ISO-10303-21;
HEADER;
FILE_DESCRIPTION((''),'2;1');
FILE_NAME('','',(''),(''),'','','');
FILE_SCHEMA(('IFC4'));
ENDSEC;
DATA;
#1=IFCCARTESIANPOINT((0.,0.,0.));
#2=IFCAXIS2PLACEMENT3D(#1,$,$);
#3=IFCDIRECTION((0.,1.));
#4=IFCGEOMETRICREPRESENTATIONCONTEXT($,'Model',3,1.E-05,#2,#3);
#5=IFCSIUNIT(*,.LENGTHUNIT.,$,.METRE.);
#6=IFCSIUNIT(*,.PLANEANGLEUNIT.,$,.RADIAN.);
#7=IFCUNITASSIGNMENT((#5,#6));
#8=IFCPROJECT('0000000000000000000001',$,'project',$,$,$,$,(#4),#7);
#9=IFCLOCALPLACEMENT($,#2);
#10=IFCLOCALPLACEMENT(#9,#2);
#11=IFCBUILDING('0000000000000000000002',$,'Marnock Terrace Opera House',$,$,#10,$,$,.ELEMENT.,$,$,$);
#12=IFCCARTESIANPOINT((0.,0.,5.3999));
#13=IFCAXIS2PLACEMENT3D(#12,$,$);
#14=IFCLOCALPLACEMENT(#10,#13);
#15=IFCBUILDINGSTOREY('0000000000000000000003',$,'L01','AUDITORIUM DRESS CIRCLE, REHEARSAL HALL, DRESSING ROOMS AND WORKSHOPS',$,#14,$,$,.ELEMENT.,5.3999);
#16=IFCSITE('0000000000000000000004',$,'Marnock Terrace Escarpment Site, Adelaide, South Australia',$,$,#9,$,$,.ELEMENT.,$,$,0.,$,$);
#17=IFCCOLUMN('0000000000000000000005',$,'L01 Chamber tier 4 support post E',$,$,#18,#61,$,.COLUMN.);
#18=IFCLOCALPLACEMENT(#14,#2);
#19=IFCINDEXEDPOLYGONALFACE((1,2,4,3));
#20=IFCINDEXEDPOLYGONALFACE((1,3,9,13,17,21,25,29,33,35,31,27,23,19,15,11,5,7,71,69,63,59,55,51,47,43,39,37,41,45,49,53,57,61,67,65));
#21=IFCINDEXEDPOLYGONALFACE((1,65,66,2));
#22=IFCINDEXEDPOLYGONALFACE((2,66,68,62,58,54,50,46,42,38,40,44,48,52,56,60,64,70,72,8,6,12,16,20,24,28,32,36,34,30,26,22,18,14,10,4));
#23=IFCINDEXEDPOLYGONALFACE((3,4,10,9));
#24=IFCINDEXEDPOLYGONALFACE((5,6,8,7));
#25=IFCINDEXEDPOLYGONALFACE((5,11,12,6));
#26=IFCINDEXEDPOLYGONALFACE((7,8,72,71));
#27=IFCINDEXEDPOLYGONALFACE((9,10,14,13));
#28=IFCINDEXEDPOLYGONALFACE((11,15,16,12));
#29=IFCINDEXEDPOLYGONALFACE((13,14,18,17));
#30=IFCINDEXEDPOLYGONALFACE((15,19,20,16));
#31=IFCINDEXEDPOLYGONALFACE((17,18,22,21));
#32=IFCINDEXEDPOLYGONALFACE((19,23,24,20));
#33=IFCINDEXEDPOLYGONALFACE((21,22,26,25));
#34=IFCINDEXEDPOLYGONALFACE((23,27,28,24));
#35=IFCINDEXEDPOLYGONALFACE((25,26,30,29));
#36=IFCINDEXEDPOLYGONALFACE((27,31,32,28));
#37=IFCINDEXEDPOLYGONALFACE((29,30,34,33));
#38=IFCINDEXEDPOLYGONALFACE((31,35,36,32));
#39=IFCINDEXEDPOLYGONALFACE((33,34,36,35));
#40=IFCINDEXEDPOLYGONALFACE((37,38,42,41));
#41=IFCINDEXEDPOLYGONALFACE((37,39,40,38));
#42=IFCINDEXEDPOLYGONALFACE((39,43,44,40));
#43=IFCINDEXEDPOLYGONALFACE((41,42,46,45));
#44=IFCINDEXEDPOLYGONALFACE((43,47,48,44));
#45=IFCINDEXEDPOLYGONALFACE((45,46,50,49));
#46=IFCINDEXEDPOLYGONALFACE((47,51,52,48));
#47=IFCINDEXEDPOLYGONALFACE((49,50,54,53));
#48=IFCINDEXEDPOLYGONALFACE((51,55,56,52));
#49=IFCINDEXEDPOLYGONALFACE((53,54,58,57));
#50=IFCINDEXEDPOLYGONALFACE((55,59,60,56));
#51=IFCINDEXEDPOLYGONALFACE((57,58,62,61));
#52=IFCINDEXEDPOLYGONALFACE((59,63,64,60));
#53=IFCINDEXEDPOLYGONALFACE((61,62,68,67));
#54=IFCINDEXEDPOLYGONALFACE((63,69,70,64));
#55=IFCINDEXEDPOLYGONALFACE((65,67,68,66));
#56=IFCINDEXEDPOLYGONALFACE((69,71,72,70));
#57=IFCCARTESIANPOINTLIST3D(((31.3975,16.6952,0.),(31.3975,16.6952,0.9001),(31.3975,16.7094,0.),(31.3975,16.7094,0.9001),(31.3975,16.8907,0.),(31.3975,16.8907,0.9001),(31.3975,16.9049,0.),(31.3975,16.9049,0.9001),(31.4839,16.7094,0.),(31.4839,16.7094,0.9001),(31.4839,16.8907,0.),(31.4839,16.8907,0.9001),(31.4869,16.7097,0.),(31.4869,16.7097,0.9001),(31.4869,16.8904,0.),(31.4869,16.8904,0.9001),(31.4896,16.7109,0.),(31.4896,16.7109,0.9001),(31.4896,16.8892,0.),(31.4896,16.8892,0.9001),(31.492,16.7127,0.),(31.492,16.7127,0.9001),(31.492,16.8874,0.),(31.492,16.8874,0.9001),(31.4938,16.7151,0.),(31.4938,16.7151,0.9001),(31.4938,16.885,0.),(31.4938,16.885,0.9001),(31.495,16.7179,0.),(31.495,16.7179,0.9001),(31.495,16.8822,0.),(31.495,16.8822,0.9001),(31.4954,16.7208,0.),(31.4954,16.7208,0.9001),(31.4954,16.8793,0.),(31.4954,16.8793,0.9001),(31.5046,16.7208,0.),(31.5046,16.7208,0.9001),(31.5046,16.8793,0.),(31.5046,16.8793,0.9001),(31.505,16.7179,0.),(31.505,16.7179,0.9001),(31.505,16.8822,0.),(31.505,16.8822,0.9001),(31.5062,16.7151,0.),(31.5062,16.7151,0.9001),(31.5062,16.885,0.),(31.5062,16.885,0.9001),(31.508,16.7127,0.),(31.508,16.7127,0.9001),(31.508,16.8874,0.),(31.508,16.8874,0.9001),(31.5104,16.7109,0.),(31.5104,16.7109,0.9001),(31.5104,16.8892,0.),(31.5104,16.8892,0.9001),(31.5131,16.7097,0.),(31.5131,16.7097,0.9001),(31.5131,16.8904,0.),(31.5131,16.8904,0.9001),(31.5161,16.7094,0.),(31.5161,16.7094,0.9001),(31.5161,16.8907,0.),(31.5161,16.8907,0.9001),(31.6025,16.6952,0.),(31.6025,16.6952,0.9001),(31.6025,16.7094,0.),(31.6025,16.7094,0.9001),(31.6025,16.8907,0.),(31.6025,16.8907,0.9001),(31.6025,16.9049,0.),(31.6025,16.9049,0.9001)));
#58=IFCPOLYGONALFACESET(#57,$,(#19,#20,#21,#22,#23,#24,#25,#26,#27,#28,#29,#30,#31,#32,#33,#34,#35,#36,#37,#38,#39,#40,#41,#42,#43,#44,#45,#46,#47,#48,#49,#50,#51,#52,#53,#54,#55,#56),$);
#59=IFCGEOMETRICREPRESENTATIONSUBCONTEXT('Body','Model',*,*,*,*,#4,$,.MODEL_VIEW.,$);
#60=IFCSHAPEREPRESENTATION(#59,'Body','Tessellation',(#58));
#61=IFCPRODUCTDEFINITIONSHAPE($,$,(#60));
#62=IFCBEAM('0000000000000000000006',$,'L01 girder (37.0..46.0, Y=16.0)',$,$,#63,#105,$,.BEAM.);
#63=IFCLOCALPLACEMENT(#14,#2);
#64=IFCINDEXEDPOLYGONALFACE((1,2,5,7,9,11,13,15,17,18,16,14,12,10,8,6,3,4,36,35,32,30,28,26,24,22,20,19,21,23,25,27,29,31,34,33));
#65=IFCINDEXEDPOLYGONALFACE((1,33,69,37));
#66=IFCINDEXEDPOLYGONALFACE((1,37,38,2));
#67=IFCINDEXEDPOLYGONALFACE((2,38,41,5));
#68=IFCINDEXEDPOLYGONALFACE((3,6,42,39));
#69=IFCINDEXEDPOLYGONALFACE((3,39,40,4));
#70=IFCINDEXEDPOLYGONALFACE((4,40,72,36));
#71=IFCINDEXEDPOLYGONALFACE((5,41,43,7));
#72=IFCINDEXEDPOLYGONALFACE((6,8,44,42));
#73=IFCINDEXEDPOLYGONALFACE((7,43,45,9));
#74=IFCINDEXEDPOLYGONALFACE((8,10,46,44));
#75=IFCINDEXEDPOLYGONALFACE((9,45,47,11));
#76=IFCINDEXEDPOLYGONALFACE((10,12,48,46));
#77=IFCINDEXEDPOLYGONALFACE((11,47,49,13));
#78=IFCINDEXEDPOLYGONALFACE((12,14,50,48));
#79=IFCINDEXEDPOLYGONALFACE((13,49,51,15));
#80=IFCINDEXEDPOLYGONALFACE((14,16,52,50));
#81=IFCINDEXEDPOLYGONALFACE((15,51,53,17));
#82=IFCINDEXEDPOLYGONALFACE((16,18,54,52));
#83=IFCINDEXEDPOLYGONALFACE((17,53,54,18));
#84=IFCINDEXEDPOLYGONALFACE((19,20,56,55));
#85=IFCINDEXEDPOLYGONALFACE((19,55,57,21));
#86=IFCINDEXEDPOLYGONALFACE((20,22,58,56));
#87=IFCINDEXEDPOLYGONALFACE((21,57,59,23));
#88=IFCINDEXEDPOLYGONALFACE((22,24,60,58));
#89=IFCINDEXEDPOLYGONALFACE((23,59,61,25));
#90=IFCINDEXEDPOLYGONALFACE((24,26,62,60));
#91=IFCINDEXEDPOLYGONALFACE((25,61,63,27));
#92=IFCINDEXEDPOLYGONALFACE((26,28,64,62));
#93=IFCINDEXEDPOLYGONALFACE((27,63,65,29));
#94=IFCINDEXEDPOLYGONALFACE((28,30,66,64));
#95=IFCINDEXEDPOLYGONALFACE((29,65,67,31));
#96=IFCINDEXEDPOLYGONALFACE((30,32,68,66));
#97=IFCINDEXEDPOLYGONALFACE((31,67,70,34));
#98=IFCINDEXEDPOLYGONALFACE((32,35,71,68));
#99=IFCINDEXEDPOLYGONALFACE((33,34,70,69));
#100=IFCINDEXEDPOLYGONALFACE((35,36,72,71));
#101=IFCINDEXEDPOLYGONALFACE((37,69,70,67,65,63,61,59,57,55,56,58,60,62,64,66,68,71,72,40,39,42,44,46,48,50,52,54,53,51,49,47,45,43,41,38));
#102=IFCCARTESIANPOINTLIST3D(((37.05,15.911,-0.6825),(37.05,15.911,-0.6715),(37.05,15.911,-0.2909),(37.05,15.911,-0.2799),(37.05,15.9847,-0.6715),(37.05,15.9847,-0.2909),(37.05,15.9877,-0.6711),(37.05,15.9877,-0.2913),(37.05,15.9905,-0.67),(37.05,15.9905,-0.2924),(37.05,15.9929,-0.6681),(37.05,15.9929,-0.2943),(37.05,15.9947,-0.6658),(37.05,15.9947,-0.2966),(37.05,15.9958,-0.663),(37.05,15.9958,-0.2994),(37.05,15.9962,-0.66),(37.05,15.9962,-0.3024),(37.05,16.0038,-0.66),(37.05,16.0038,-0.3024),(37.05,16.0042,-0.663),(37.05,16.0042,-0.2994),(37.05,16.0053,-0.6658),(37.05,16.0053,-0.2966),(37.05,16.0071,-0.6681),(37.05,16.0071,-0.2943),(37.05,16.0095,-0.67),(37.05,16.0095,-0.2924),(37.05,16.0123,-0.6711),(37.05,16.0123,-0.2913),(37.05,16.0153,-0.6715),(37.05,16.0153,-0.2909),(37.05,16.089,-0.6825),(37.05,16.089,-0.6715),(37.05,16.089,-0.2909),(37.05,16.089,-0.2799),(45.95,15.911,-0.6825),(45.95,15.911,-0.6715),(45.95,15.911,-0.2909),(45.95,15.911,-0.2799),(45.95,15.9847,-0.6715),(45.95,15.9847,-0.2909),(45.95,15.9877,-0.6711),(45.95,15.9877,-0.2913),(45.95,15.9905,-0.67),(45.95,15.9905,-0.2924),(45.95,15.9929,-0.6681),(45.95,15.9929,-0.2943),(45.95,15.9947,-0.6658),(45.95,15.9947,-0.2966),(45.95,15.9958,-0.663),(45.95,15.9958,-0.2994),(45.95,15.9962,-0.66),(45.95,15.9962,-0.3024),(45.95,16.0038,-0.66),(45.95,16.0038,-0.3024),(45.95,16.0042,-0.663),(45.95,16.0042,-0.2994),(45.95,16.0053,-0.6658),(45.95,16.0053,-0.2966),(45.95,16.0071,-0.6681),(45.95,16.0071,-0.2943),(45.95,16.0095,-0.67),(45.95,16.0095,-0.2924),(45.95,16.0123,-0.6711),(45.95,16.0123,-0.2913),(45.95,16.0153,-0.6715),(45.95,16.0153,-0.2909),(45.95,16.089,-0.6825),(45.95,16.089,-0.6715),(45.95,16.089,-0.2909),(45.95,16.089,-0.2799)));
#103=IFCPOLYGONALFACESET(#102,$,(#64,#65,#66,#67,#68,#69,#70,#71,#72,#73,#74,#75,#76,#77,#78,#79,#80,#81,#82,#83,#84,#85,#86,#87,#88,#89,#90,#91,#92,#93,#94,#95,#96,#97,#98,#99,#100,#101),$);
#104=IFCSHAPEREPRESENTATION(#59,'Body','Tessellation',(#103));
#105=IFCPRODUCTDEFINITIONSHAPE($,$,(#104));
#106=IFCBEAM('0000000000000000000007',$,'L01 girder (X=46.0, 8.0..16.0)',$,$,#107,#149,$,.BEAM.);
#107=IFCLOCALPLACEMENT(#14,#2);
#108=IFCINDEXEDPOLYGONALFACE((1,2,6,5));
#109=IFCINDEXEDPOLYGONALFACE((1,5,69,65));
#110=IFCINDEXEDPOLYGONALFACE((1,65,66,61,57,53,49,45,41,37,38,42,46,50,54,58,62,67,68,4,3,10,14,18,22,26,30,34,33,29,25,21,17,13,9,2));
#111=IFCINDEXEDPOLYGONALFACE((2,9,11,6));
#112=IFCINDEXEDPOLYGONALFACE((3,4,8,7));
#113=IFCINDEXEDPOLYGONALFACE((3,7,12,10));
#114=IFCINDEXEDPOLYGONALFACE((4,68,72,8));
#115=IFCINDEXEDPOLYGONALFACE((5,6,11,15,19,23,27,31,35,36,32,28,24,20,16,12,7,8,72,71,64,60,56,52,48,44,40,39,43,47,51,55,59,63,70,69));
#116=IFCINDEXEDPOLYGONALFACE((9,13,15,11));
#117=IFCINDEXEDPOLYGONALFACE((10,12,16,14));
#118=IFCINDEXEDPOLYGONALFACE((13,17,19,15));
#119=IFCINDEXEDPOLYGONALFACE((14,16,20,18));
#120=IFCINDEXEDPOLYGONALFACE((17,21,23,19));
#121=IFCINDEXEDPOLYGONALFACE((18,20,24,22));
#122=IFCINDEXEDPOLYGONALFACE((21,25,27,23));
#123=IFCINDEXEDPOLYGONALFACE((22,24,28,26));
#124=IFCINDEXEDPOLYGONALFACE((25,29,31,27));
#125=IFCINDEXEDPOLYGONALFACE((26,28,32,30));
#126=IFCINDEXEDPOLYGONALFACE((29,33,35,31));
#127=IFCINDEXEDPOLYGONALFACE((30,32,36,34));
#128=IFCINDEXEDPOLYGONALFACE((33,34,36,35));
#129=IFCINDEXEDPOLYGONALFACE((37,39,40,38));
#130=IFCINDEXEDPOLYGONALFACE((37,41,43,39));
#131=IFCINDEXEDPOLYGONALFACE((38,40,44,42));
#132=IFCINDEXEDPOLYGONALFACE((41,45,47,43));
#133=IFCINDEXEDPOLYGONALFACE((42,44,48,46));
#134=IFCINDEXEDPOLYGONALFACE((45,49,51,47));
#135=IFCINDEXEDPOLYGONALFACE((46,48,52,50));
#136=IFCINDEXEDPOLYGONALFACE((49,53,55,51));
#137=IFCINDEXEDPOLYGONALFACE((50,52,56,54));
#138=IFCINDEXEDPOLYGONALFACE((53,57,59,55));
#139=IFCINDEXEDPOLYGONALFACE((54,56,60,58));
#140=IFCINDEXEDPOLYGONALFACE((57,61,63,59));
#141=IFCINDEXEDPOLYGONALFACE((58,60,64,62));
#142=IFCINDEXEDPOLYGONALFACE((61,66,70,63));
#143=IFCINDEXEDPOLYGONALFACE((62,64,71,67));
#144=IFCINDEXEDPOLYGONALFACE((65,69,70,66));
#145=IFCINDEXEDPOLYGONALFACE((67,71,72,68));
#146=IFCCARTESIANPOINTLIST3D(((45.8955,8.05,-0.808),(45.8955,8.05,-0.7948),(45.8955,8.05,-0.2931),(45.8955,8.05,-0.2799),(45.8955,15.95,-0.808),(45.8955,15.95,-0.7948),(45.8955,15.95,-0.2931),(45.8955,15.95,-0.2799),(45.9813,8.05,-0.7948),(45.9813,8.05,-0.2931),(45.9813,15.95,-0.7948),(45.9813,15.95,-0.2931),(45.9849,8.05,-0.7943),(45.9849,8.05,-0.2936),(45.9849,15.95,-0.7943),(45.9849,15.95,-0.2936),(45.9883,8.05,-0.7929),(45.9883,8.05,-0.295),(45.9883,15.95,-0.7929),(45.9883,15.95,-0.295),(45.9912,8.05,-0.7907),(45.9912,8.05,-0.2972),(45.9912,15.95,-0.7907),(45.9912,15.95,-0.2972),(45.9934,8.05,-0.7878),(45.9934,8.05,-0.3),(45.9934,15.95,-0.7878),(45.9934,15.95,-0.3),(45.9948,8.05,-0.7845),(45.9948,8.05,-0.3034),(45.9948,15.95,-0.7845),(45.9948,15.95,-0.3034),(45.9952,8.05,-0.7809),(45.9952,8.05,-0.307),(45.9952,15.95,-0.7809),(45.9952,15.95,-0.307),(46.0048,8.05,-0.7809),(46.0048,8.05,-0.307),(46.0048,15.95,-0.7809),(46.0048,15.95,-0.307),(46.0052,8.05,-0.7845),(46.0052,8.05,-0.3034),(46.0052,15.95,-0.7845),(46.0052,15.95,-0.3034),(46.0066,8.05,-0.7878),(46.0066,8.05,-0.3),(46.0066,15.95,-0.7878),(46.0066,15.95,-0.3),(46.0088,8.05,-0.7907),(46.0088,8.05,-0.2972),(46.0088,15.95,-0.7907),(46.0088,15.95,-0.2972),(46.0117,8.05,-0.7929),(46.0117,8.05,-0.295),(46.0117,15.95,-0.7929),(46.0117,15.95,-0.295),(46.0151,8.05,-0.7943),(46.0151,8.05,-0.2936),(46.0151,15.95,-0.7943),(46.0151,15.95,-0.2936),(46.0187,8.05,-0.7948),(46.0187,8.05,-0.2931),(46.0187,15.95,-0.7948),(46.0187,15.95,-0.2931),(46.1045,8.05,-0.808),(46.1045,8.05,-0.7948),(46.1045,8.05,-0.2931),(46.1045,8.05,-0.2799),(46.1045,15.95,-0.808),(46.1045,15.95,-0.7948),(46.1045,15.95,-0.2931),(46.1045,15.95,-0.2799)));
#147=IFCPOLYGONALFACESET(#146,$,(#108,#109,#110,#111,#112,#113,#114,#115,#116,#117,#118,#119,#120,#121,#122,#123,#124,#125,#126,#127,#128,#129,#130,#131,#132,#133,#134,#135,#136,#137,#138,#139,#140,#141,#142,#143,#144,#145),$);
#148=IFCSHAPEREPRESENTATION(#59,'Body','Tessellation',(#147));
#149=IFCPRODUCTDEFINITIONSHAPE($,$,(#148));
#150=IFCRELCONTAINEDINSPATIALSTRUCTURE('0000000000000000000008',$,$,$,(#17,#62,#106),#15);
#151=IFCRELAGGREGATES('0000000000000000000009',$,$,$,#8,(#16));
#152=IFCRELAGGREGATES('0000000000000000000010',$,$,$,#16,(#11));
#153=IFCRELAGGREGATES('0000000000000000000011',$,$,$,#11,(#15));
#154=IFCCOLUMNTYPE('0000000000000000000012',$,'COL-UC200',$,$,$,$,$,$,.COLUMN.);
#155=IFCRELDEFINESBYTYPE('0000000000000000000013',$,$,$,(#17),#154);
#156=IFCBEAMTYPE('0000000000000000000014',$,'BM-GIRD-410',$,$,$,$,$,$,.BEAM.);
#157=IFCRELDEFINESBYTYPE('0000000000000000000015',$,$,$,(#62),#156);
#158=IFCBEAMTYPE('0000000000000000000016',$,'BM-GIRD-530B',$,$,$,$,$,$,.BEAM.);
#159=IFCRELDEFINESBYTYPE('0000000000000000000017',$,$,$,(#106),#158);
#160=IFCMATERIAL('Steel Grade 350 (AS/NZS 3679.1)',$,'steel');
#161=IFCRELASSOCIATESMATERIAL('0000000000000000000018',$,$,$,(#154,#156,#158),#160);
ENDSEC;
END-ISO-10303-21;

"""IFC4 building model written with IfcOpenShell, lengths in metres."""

from ifc_helpers import new_model, si_unit, direction, frame, origin, origin_2d, place, context, subcontext, project, spatial, i_section, extrude, material, material_profile, profile_set, type_object, element, save


model = new_model("IFC4")

# Units and contexts
model_context = context("Model", 3, precision=1e-05, world=origin(), true_north=direction((0.0, 1.0)))
body_context = subcontext(model_context, "Body", "Model", "MODEL_VIEW")
ifc_project = project(units=[si_unit("LENGTHUNIT", "METRE"), si_unit("PLANEANGLEUNIT", "RADIAN")], contexts=[model_context])

# Site, building, storey
site_placement = place(None, origin())
site = spatial("IfcSite", under=ifc_project, at=site_placement, Name="Marnock Terrace Escarpment Site, Adelaide, South Australia", CompositionType="ELEMENT", RefElevation=0.0)
building_placement = place(site_placement, origin())
building = spatial("IfcBuilding", under=site, at=building_placement, Name="Marnock Terrace Opera House", CompositionType="ELEMENT")
storey_placement = place(building_placement, frame((0.0, 0.0, 5.3999)))
storey = spatial("IfcBuildingStorey", under=building, at=storey_placement, Name="L01", Description="AUDITORIUM DRESS CIRCLE, REHEARSAL HALL, DRESSING ROOMS AND WORKSHOPS", CompositionType="ELEMENT", Elevation=5.3999)

# Column
ifc_material_1 = material(Name="Steel Grade 350 (AS/NZS 3679.1)", Category="steel")
ifc_material_profile_1 = material_profile(ifc_material_1, i_section(OverallWidth=0.2051, OverallDepth=0.2097, WebThickness=0.0093, FlangeThickness=0.0142, FilletRadius=0.0115, at=origin_2d()))
ifc_profile_set_1 = profile_set([ifc_material_profile_1], Name="Steel Grade 350 (AS/NZS 3679.1)")
column_type_1 = type_object("IfcColumnType", Name="COL-UC200", PredefinedType="COLUMN", material=ifc_profile_set_1)
column_1_placement = place(storey_placement, frame((31.5, 16.8, 0.0), z_axis=(0.0, 0.0, 1.0), x_axis=(1.0, 0.0, 0.0)))
element("IfcColumn", 1, at=column_1_placement, inside=storey, type_object=column_type_1, Name="L01 Chamber tier 4 support post E", PredefinedType="COLUMN", context=body_context, shape_type="SweptSolid", body=[
    extrude(i_section(OverallWidth=0.2051, OverallDepth=0.2097, WebThickness=0.0093, FlangeThickness=0.0142, FilletRadius=0.0115, at=origin_2d()), origin(), (0.0, 0.0, 1.0), 0.9001),
])

# Beams
ifc_material_profile_2 = material_profile(ifc_material_1, i_section(OverallWidth=0.178, OverallDepth=0.4026, WebThickness=0.0076, FlangeThickness=0.011, FilletRadius=0.0115, at=origin_2d()))
ifc_profile_set_2 = profile_set([ifc_material_profile_2], Name="Steel Grade 350 (AS/NZS 3679.1)")
beam_type_1 = type_object("IfcBeamType", Name="BM-GIRD-410", PredefinedType="BEAM", material=ifc_profile_set_2)
beam_1_placement = place(storey_placement, frame((37.05, 16.0, -0.4812), z_axis=(1.0, 0.0, 0.0), x_axis=(0.0, 1.0, 0.0)))
element("IfcBeam", 2, at=beam_1_placement, inside=storey, type_object=beam_type_1, Name="L01 girder (37.0..46.0, Y=16.0)", PredefinedType="BEAM", context=body_context, shape_type="SweptSolid", body=[
    extrude(i_section(OverallWidth=0.178, OverallDepth=0.4026, WebThickness=0.0076, FlangeThickness=0.011, FilletRadius=0.0115, at=origin_2d()), origin(), (0.0, 0.0, 1.0), 8.8999),
])
ifc_material_profile_3 = material_profile(ifc_material_1, i_section(OverallWidth=0.209, OverallDepth=0.5281, WebThickness=0.0095, FlangeThickness=0.0132, FilletRadius=0.0139, at=origin_2d()))
ifc_profile_set_3 = profile_set([ifc_material_profile_3], Name="Steel Grade 350 (AS/NZS 3679.1)")
beam_type_2 = type_object("IfcBeamType", Name="BM-GIRD-530B", PredefinedType="BEAM", material=ifc_profile_set_3)
beam_2_placement = place(storey_placement, frame((46.0, 8.05, -0.5439), z_axis=(0.0, 1.0, 0.0), x_axis=(-1.0, 0.0, 0.0)))
element("IfcBeam", 3, at=beam_2_placement, inside=storey, type_object=beam_type_2, Name="L01 girder (X=46.0, 8.0..16.0)", PredefinedType="BEAM", context=body_context, shape_type="SweptSolid", body=[
    extrude(i_section(OverallWidth=0.209, OverallDepth=0.5281, WebThickness=0.0095, FlangeThickness=0.0132, FilletRadius=0.0139, at=origin_2d()), origin(), (0.0, 0.0, 1.0), 7.8999),
])

save(model, "model.ifc")
